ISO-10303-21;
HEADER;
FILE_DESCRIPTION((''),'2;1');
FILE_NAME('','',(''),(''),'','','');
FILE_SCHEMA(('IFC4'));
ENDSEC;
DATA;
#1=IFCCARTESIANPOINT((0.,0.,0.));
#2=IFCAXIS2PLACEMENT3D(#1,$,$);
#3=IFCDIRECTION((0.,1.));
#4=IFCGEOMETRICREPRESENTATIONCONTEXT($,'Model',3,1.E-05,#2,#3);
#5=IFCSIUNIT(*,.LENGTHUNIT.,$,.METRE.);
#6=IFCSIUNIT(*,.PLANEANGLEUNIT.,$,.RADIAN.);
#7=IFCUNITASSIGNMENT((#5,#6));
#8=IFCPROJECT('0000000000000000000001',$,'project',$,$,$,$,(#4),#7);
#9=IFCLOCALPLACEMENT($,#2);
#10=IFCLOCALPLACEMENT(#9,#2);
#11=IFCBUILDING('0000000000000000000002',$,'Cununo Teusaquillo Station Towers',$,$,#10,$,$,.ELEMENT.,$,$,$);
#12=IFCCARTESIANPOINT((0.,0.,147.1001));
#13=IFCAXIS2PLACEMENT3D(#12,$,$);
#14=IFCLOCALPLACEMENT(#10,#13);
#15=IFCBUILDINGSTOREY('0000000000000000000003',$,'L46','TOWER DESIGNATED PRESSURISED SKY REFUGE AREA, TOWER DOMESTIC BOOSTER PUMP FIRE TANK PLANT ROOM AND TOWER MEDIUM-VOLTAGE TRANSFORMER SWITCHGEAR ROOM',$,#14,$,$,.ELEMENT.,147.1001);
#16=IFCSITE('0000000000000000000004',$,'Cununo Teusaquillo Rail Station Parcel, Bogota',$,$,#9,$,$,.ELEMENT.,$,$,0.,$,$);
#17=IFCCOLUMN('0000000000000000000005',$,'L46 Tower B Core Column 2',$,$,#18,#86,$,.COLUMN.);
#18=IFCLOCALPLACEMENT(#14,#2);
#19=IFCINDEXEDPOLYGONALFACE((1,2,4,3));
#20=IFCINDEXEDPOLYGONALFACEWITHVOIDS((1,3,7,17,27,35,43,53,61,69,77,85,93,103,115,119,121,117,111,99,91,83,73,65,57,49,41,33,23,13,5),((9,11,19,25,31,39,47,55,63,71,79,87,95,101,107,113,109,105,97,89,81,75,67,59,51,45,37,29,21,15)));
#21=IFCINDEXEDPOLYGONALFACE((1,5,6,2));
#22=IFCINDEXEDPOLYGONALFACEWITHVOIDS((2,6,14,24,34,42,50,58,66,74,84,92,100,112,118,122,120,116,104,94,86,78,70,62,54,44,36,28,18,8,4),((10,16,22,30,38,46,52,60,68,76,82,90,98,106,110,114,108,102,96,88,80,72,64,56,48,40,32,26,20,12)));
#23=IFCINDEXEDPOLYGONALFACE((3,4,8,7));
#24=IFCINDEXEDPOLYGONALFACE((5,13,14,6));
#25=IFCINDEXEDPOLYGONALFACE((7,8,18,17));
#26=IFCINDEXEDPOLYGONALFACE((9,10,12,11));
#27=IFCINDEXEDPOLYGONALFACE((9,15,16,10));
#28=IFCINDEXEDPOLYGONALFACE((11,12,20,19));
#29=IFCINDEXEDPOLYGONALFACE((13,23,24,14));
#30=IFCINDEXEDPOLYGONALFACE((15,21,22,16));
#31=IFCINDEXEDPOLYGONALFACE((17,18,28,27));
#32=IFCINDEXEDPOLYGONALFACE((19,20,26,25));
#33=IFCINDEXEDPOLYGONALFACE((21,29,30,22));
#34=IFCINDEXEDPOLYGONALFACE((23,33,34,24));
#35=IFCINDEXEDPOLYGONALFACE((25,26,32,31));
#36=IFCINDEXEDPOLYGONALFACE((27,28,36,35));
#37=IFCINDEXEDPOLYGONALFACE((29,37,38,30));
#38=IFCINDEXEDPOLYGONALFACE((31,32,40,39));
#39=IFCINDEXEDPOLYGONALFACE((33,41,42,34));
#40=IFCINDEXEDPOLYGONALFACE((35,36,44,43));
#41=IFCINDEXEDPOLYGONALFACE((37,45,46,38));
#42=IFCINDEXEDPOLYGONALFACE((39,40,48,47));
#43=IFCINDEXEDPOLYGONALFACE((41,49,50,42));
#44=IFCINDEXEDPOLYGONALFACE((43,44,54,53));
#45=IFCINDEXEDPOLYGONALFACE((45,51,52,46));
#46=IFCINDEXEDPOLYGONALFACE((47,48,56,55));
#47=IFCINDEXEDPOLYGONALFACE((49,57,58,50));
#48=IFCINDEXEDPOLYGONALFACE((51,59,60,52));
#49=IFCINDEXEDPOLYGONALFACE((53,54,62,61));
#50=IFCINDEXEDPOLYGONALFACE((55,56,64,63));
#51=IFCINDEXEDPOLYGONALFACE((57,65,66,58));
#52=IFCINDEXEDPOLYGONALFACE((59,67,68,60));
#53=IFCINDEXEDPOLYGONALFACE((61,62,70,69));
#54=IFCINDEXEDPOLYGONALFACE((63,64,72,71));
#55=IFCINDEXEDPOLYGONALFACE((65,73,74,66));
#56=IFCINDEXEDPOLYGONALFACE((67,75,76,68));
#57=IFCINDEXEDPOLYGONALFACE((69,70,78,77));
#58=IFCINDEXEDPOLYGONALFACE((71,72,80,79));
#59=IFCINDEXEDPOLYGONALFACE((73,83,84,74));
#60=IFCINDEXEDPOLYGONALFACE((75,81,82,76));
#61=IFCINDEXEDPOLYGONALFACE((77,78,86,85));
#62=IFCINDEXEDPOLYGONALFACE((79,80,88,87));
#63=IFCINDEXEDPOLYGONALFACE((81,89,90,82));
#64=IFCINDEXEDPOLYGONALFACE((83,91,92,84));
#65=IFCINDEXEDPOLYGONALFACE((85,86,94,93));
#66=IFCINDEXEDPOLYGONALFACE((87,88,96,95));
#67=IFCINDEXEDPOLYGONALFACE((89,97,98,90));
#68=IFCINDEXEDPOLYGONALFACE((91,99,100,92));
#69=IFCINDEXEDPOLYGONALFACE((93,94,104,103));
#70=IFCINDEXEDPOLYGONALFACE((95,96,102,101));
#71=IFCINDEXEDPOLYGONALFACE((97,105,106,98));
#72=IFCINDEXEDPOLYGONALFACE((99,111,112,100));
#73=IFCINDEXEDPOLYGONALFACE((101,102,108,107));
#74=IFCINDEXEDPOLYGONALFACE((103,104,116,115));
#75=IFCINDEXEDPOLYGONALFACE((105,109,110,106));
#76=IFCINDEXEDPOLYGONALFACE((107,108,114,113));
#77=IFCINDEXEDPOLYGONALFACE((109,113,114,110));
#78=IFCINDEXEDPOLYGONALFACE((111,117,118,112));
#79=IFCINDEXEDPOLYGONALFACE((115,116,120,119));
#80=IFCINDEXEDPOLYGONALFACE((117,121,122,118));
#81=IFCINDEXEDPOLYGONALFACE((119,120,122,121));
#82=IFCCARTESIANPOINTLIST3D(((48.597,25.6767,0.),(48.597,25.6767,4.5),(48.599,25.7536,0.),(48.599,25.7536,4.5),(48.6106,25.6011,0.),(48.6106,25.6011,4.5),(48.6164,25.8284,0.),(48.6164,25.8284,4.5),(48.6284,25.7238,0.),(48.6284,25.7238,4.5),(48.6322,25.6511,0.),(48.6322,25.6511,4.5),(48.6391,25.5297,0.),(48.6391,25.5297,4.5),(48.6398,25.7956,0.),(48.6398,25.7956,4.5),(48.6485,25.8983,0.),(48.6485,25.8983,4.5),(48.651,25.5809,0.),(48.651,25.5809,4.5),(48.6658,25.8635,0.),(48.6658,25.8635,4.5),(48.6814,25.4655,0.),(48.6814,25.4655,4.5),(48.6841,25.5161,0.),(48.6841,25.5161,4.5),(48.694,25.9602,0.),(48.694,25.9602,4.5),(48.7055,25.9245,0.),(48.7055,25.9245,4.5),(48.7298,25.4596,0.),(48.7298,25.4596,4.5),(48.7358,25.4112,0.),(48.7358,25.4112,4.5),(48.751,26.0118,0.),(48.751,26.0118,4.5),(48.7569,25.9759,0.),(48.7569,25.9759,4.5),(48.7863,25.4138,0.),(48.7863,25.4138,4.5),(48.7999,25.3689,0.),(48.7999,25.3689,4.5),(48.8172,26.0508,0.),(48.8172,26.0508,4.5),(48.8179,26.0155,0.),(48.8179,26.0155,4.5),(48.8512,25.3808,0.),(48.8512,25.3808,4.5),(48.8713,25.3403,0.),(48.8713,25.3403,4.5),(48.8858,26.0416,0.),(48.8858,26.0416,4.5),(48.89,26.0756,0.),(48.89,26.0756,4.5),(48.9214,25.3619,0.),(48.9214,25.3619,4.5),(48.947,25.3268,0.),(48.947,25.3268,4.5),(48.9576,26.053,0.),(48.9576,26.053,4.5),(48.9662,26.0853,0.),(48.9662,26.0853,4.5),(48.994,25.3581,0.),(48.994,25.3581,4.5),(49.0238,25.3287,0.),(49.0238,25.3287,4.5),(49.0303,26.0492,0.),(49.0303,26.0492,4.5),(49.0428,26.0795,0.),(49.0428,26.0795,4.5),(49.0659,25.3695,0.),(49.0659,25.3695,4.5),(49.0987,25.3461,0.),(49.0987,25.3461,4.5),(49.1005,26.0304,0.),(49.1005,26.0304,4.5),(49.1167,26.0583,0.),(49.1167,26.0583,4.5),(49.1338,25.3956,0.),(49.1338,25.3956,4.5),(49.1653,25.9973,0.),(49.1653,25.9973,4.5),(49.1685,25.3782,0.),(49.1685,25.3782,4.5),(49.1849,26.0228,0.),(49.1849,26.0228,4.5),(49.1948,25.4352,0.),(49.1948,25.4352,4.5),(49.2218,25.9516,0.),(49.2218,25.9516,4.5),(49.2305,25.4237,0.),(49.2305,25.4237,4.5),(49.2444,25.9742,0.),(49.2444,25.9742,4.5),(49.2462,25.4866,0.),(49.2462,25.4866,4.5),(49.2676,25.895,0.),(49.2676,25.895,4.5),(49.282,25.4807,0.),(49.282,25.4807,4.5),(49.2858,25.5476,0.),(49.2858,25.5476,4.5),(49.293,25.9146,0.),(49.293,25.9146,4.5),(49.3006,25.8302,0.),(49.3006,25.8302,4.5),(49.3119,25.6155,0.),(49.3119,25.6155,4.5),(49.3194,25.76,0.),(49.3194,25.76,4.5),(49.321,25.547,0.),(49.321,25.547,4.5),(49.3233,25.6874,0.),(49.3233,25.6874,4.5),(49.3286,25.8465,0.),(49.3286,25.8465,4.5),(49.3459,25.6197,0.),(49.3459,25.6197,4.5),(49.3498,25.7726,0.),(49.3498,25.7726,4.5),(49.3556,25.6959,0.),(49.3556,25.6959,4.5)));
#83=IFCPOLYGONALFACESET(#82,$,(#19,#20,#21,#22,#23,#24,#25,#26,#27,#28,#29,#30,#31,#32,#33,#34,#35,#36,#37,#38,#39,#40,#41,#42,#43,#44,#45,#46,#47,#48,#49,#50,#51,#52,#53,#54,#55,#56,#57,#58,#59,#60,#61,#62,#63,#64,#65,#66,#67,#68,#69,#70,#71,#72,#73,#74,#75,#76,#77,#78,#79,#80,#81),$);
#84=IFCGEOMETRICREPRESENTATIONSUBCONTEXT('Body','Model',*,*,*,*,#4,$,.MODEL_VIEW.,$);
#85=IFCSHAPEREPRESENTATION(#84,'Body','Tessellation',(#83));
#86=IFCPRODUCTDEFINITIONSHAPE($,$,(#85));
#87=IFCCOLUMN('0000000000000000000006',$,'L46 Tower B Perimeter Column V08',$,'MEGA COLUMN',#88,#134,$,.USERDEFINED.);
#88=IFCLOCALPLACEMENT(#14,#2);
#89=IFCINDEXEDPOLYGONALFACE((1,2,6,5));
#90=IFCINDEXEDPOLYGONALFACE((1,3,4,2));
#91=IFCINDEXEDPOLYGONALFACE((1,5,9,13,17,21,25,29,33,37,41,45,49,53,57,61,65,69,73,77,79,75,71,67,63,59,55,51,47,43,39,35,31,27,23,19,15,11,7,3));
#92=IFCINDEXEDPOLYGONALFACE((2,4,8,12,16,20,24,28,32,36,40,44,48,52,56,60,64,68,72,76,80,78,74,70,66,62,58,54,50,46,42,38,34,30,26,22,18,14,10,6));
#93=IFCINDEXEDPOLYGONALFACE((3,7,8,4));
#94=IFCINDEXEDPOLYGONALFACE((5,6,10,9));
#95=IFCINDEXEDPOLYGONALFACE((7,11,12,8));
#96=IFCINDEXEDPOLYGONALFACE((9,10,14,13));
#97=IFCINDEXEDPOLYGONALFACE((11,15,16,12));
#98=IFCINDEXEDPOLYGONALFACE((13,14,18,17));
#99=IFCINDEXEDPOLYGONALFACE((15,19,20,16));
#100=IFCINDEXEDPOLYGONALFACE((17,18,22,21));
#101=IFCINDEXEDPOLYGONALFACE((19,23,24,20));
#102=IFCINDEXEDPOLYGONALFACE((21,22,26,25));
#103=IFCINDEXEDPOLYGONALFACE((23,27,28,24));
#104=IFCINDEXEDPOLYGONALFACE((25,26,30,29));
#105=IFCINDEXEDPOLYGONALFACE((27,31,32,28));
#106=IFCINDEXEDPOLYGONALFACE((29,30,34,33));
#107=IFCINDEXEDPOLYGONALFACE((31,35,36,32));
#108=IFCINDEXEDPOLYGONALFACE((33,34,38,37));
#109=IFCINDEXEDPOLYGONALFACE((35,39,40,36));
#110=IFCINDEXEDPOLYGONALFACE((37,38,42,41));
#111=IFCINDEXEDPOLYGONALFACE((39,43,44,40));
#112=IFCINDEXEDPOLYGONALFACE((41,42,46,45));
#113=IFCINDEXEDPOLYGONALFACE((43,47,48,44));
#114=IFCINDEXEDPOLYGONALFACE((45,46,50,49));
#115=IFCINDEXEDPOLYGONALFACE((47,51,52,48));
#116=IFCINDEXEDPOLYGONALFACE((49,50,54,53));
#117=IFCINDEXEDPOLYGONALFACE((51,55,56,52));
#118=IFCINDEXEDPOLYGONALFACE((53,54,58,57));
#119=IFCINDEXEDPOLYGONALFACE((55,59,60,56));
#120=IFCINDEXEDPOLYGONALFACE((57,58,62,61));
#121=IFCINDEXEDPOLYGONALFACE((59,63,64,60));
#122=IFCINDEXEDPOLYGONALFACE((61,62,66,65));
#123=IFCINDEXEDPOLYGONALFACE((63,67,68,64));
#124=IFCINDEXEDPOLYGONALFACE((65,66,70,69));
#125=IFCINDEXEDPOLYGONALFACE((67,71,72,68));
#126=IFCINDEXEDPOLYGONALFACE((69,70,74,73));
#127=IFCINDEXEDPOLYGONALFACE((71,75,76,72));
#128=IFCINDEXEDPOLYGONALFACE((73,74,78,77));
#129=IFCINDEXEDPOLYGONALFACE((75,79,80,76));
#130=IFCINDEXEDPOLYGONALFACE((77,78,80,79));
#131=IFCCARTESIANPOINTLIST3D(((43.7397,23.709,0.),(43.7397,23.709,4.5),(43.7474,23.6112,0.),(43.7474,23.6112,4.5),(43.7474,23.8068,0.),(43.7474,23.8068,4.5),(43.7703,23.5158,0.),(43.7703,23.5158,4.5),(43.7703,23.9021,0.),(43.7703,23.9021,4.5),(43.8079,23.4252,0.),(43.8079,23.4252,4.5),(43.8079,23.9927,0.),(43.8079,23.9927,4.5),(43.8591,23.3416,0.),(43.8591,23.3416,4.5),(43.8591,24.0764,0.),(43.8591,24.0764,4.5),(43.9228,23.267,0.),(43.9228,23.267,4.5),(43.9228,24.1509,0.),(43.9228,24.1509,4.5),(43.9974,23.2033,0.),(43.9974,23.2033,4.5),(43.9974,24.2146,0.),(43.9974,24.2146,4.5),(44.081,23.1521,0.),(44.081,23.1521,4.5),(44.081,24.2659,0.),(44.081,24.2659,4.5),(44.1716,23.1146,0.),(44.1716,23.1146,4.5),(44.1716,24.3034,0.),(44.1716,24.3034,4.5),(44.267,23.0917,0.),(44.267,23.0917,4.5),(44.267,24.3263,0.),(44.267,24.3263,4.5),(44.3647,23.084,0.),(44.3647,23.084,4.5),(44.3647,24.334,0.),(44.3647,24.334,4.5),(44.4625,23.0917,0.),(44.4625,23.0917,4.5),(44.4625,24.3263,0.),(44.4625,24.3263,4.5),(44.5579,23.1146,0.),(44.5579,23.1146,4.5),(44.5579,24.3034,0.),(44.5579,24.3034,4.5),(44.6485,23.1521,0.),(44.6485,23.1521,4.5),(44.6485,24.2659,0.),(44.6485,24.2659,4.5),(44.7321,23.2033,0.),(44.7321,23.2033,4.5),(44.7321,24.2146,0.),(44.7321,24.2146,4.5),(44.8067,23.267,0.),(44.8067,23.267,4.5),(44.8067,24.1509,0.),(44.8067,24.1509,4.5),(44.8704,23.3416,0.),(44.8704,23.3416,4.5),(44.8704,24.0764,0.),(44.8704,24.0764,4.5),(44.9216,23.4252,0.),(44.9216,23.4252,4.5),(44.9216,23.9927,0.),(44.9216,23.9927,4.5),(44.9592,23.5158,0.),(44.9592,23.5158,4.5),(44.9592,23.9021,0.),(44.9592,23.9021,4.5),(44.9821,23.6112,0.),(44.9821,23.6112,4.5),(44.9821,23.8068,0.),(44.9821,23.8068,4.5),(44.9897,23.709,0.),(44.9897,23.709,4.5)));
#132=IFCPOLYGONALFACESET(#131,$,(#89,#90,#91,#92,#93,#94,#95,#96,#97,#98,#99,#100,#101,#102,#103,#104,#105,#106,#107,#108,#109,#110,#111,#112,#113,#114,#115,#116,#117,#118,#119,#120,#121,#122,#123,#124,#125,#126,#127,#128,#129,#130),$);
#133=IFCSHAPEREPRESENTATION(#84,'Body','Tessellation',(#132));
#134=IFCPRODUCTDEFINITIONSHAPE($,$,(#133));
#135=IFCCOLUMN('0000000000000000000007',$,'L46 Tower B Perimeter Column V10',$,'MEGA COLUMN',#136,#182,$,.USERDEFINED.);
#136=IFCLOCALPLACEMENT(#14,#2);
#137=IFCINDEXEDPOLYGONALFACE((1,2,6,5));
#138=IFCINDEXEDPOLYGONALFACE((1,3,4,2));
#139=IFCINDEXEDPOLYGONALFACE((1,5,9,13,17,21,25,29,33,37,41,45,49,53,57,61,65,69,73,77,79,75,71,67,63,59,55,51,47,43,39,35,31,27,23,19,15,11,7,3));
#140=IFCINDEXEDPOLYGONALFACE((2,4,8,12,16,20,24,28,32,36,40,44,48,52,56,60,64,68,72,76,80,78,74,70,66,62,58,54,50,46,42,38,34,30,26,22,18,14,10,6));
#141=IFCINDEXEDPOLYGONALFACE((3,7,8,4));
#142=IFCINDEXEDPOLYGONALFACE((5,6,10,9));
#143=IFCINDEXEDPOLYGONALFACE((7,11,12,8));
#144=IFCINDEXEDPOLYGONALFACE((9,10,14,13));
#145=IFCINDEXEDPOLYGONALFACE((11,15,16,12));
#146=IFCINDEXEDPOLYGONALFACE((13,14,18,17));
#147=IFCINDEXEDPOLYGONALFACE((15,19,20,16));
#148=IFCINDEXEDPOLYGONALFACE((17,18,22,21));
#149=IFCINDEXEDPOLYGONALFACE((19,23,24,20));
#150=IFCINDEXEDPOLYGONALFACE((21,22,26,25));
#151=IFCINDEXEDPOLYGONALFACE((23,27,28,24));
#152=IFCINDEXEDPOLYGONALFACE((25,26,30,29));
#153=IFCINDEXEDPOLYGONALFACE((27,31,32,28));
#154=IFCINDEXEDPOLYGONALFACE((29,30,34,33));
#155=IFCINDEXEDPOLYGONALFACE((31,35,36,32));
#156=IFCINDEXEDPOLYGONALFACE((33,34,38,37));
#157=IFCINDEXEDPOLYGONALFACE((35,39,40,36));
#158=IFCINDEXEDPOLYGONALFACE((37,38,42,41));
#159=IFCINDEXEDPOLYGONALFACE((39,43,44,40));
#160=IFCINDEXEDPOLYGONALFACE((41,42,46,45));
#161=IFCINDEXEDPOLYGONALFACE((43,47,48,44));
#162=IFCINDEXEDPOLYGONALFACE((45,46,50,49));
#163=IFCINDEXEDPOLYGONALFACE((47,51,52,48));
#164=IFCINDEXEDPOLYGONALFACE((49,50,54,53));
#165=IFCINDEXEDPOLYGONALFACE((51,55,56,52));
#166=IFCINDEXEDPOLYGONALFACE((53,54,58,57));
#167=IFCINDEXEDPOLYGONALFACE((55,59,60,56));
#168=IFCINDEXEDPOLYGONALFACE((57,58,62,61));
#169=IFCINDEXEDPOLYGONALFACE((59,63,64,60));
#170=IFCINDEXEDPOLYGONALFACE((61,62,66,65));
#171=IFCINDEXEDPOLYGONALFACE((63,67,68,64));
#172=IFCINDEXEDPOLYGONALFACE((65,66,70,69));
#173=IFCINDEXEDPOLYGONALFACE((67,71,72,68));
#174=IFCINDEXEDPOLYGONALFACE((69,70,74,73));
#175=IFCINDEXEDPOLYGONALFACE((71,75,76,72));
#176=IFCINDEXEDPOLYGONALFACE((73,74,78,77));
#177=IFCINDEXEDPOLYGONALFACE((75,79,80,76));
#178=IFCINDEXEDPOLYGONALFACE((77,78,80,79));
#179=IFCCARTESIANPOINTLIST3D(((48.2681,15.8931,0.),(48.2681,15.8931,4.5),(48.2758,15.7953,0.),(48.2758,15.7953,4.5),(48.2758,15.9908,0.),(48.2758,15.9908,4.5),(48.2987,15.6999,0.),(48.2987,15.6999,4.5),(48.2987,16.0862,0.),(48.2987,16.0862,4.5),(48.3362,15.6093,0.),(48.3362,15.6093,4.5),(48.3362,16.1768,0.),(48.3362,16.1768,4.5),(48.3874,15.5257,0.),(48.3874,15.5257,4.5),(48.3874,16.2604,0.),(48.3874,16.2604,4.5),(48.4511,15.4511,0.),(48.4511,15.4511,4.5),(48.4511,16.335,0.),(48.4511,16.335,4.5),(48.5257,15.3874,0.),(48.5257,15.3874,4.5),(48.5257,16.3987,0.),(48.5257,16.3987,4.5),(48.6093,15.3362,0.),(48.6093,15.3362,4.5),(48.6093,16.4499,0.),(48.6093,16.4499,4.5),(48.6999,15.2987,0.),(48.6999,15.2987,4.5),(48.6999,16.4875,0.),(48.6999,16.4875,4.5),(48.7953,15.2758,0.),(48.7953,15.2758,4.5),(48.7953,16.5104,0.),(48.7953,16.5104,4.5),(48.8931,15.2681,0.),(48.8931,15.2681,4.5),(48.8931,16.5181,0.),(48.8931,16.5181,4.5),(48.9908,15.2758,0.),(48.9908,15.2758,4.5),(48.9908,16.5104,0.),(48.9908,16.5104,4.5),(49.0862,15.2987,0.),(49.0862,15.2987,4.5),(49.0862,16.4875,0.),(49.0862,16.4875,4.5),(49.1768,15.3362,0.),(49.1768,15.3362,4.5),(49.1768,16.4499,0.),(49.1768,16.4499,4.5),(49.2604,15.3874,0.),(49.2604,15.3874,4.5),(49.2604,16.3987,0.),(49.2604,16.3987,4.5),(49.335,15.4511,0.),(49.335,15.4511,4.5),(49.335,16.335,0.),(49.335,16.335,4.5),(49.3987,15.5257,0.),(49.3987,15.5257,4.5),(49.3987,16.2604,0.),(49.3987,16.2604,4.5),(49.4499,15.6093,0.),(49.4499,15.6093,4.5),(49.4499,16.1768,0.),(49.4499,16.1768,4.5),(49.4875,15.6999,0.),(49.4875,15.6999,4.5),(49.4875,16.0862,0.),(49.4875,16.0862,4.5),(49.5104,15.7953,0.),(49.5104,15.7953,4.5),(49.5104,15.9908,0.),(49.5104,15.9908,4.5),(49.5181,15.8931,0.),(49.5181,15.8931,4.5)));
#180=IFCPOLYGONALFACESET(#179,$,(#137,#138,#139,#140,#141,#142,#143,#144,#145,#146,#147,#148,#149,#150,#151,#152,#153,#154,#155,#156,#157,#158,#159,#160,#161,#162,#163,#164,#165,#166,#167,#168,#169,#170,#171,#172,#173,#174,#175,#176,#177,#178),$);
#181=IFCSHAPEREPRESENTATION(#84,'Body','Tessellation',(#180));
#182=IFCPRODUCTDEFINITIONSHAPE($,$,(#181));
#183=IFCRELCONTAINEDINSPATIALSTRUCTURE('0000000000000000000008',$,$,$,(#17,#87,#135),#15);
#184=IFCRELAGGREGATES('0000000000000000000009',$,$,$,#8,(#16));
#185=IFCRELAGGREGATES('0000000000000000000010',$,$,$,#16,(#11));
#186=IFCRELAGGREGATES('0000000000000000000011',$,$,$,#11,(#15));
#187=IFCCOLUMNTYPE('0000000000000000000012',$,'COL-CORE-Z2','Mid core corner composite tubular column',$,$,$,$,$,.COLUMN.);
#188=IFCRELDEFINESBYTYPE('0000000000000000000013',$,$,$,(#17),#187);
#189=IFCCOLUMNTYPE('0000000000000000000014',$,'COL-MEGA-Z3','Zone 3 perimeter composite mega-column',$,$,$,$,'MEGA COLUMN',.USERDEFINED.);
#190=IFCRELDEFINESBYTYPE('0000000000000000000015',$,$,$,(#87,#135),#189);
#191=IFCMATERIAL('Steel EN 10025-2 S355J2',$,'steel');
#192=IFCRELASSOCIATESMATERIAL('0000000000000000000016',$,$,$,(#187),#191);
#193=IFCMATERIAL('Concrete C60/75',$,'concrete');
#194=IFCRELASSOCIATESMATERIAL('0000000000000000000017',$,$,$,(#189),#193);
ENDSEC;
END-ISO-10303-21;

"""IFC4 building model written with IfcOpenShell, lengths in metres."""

from ifc_helpers import new_model, si_unit, direction, frame, origin, origin_2d, place, context, subcontext, project, spatial, circle, hollow_circle, extrude, material, material_profile, profile_set, type_object, element, save


model = new_model("IFC4")

# Units and contexts
model_context = context("Model", 3, precision=1e-05, world=origin(), true_north=direction((0.0, 1.0)))
body_context = subcontext(model_context, "Body", "Model", "MODEL_VIEW")
ifc_project = project(units=[si_unit("LENGTHUNIT", "METRE"), si_unit("PLANEANGLEUNIT", "RADIAN")], contexts=[model_context])

# Site, building, storey
site_placement = place(None, origin())
site = spatial("IfcSite", under=ifc_project, at=site_placement, Name="Cununo Teusaquillo Rail Station Parcel, Bogota", CompositionType="ELEMENT", RefElevation=0.0)
building_placement = place(site_placement, origin())
building = spatial("IfcBuilding", under=site, at=building_placement, Name="Cununo Teusaquillo Station Towers", CompositionType="ELEMENT")
storey_placement = place(building_placement, frame((0.0, 0.0, 147.1001)))
storey = spatial("IfcBuildingStorey", under=building, at=storey_placement, Name="L46", Description="TOWER DESIGNATED PRESSURISED SKY REFUGE AREA, TOWER DOMESTIC BOOSTER PUMP FIRE TANK PLANT ROOM AND TOWER MEDIUM-VOLTAGE TRANSFORMER SWITCHGEAR ROOM", CompositionType="ELEMENT", Elevation=147.1001)

# Columns
ifc_material_1 = material(Name="Steel EN 10025-2 S355J2", Category="steel")
ifc_material_profile_1 = material_profile(ifc_material_1, hollow_circle(Radius=0.3799, WallThickness=0.032, at=origin_2d()), Name="CHS 760x32")
ifc_profile_set_1 = profile_set([ifc_material_profile_1], Name="Steel EN 10025-2 S355J2")
column_type_1 = type_object("IfcColumnType", Name="COL-CORE-Z2", Description="Mid core corner composite tubular column", PredefinedType="COLUMN", material=ifc_profile_set_1)
column_placement = place(storey_placement, frame((48.9758, 25.7056, 0.0), z_axis=(0.0, 0.0, 1.0), x_axis=(0.707107, 0.707107, 0.0)))
element("IfcColumn", 1, at=column_placement, inside=storey, type_object=column_type_1, Name="L46 Tower B Core Column 2", PredefinedType="COLUMN", context=body_context, shape_type="SweptSolid", body=[
    extrude(hollow_circle(Radius=0.3799, WallThickness=0.032, at=origin_2d()), origin(), (0.0, 0.0, 1.0), 4.5),
])
ifc_material_2 = material(Name="Concrete C60/75", Category="concrete")
ifc_material_profile_2 = material_profile(ifc_material_2, circle(Radius=0.625, at=origin_2d()), Name="RC-CIRC-1250")
ifc_profile_set_2 = profile_set([ifc_material_profile_2], Name="Concrete C60/75")
column_type_2 = type_object("IfcColumnType", Name="COL-MEGA-Z3", Description="Zone 3 perimeter composite mega-column", ElementType="MEGA COLUMN", PredefinedType="USERDEFINED", material=ifc_profile_set_2)
for number, where, z_axis, x_axis, name in (
    (2, (44.3647, 23.709, 0.0), (0.0, 0.0, 1.0), (1.0, 0.0, 0.0), "L46 Tower B Perimeter Column V08"),
    (3, (48.8931, 15.8931, 0.0), (0.0, 0.0, 1.0), (1.0, 0.0, 0.0), "L46 Tower B Perimeter Column V10"),
):
    element("IfcColumn", number, at=place(storey_placement, frame(where, z_axis=z_axis, x_axis=x_axis)), inside=storey, type_object=column_type_2, Name=name, ObjectType="MEGA COLUMN", PredefinedType="USERDEFINED", context=body_context, shape_type="SweptSolid", body=[
        extrude(circle(Radius=0.625, at=origin_2d()), origin(), (0.0, 0.0, 1.0), 4.5),
    ])

save(model, "model.ifc")
